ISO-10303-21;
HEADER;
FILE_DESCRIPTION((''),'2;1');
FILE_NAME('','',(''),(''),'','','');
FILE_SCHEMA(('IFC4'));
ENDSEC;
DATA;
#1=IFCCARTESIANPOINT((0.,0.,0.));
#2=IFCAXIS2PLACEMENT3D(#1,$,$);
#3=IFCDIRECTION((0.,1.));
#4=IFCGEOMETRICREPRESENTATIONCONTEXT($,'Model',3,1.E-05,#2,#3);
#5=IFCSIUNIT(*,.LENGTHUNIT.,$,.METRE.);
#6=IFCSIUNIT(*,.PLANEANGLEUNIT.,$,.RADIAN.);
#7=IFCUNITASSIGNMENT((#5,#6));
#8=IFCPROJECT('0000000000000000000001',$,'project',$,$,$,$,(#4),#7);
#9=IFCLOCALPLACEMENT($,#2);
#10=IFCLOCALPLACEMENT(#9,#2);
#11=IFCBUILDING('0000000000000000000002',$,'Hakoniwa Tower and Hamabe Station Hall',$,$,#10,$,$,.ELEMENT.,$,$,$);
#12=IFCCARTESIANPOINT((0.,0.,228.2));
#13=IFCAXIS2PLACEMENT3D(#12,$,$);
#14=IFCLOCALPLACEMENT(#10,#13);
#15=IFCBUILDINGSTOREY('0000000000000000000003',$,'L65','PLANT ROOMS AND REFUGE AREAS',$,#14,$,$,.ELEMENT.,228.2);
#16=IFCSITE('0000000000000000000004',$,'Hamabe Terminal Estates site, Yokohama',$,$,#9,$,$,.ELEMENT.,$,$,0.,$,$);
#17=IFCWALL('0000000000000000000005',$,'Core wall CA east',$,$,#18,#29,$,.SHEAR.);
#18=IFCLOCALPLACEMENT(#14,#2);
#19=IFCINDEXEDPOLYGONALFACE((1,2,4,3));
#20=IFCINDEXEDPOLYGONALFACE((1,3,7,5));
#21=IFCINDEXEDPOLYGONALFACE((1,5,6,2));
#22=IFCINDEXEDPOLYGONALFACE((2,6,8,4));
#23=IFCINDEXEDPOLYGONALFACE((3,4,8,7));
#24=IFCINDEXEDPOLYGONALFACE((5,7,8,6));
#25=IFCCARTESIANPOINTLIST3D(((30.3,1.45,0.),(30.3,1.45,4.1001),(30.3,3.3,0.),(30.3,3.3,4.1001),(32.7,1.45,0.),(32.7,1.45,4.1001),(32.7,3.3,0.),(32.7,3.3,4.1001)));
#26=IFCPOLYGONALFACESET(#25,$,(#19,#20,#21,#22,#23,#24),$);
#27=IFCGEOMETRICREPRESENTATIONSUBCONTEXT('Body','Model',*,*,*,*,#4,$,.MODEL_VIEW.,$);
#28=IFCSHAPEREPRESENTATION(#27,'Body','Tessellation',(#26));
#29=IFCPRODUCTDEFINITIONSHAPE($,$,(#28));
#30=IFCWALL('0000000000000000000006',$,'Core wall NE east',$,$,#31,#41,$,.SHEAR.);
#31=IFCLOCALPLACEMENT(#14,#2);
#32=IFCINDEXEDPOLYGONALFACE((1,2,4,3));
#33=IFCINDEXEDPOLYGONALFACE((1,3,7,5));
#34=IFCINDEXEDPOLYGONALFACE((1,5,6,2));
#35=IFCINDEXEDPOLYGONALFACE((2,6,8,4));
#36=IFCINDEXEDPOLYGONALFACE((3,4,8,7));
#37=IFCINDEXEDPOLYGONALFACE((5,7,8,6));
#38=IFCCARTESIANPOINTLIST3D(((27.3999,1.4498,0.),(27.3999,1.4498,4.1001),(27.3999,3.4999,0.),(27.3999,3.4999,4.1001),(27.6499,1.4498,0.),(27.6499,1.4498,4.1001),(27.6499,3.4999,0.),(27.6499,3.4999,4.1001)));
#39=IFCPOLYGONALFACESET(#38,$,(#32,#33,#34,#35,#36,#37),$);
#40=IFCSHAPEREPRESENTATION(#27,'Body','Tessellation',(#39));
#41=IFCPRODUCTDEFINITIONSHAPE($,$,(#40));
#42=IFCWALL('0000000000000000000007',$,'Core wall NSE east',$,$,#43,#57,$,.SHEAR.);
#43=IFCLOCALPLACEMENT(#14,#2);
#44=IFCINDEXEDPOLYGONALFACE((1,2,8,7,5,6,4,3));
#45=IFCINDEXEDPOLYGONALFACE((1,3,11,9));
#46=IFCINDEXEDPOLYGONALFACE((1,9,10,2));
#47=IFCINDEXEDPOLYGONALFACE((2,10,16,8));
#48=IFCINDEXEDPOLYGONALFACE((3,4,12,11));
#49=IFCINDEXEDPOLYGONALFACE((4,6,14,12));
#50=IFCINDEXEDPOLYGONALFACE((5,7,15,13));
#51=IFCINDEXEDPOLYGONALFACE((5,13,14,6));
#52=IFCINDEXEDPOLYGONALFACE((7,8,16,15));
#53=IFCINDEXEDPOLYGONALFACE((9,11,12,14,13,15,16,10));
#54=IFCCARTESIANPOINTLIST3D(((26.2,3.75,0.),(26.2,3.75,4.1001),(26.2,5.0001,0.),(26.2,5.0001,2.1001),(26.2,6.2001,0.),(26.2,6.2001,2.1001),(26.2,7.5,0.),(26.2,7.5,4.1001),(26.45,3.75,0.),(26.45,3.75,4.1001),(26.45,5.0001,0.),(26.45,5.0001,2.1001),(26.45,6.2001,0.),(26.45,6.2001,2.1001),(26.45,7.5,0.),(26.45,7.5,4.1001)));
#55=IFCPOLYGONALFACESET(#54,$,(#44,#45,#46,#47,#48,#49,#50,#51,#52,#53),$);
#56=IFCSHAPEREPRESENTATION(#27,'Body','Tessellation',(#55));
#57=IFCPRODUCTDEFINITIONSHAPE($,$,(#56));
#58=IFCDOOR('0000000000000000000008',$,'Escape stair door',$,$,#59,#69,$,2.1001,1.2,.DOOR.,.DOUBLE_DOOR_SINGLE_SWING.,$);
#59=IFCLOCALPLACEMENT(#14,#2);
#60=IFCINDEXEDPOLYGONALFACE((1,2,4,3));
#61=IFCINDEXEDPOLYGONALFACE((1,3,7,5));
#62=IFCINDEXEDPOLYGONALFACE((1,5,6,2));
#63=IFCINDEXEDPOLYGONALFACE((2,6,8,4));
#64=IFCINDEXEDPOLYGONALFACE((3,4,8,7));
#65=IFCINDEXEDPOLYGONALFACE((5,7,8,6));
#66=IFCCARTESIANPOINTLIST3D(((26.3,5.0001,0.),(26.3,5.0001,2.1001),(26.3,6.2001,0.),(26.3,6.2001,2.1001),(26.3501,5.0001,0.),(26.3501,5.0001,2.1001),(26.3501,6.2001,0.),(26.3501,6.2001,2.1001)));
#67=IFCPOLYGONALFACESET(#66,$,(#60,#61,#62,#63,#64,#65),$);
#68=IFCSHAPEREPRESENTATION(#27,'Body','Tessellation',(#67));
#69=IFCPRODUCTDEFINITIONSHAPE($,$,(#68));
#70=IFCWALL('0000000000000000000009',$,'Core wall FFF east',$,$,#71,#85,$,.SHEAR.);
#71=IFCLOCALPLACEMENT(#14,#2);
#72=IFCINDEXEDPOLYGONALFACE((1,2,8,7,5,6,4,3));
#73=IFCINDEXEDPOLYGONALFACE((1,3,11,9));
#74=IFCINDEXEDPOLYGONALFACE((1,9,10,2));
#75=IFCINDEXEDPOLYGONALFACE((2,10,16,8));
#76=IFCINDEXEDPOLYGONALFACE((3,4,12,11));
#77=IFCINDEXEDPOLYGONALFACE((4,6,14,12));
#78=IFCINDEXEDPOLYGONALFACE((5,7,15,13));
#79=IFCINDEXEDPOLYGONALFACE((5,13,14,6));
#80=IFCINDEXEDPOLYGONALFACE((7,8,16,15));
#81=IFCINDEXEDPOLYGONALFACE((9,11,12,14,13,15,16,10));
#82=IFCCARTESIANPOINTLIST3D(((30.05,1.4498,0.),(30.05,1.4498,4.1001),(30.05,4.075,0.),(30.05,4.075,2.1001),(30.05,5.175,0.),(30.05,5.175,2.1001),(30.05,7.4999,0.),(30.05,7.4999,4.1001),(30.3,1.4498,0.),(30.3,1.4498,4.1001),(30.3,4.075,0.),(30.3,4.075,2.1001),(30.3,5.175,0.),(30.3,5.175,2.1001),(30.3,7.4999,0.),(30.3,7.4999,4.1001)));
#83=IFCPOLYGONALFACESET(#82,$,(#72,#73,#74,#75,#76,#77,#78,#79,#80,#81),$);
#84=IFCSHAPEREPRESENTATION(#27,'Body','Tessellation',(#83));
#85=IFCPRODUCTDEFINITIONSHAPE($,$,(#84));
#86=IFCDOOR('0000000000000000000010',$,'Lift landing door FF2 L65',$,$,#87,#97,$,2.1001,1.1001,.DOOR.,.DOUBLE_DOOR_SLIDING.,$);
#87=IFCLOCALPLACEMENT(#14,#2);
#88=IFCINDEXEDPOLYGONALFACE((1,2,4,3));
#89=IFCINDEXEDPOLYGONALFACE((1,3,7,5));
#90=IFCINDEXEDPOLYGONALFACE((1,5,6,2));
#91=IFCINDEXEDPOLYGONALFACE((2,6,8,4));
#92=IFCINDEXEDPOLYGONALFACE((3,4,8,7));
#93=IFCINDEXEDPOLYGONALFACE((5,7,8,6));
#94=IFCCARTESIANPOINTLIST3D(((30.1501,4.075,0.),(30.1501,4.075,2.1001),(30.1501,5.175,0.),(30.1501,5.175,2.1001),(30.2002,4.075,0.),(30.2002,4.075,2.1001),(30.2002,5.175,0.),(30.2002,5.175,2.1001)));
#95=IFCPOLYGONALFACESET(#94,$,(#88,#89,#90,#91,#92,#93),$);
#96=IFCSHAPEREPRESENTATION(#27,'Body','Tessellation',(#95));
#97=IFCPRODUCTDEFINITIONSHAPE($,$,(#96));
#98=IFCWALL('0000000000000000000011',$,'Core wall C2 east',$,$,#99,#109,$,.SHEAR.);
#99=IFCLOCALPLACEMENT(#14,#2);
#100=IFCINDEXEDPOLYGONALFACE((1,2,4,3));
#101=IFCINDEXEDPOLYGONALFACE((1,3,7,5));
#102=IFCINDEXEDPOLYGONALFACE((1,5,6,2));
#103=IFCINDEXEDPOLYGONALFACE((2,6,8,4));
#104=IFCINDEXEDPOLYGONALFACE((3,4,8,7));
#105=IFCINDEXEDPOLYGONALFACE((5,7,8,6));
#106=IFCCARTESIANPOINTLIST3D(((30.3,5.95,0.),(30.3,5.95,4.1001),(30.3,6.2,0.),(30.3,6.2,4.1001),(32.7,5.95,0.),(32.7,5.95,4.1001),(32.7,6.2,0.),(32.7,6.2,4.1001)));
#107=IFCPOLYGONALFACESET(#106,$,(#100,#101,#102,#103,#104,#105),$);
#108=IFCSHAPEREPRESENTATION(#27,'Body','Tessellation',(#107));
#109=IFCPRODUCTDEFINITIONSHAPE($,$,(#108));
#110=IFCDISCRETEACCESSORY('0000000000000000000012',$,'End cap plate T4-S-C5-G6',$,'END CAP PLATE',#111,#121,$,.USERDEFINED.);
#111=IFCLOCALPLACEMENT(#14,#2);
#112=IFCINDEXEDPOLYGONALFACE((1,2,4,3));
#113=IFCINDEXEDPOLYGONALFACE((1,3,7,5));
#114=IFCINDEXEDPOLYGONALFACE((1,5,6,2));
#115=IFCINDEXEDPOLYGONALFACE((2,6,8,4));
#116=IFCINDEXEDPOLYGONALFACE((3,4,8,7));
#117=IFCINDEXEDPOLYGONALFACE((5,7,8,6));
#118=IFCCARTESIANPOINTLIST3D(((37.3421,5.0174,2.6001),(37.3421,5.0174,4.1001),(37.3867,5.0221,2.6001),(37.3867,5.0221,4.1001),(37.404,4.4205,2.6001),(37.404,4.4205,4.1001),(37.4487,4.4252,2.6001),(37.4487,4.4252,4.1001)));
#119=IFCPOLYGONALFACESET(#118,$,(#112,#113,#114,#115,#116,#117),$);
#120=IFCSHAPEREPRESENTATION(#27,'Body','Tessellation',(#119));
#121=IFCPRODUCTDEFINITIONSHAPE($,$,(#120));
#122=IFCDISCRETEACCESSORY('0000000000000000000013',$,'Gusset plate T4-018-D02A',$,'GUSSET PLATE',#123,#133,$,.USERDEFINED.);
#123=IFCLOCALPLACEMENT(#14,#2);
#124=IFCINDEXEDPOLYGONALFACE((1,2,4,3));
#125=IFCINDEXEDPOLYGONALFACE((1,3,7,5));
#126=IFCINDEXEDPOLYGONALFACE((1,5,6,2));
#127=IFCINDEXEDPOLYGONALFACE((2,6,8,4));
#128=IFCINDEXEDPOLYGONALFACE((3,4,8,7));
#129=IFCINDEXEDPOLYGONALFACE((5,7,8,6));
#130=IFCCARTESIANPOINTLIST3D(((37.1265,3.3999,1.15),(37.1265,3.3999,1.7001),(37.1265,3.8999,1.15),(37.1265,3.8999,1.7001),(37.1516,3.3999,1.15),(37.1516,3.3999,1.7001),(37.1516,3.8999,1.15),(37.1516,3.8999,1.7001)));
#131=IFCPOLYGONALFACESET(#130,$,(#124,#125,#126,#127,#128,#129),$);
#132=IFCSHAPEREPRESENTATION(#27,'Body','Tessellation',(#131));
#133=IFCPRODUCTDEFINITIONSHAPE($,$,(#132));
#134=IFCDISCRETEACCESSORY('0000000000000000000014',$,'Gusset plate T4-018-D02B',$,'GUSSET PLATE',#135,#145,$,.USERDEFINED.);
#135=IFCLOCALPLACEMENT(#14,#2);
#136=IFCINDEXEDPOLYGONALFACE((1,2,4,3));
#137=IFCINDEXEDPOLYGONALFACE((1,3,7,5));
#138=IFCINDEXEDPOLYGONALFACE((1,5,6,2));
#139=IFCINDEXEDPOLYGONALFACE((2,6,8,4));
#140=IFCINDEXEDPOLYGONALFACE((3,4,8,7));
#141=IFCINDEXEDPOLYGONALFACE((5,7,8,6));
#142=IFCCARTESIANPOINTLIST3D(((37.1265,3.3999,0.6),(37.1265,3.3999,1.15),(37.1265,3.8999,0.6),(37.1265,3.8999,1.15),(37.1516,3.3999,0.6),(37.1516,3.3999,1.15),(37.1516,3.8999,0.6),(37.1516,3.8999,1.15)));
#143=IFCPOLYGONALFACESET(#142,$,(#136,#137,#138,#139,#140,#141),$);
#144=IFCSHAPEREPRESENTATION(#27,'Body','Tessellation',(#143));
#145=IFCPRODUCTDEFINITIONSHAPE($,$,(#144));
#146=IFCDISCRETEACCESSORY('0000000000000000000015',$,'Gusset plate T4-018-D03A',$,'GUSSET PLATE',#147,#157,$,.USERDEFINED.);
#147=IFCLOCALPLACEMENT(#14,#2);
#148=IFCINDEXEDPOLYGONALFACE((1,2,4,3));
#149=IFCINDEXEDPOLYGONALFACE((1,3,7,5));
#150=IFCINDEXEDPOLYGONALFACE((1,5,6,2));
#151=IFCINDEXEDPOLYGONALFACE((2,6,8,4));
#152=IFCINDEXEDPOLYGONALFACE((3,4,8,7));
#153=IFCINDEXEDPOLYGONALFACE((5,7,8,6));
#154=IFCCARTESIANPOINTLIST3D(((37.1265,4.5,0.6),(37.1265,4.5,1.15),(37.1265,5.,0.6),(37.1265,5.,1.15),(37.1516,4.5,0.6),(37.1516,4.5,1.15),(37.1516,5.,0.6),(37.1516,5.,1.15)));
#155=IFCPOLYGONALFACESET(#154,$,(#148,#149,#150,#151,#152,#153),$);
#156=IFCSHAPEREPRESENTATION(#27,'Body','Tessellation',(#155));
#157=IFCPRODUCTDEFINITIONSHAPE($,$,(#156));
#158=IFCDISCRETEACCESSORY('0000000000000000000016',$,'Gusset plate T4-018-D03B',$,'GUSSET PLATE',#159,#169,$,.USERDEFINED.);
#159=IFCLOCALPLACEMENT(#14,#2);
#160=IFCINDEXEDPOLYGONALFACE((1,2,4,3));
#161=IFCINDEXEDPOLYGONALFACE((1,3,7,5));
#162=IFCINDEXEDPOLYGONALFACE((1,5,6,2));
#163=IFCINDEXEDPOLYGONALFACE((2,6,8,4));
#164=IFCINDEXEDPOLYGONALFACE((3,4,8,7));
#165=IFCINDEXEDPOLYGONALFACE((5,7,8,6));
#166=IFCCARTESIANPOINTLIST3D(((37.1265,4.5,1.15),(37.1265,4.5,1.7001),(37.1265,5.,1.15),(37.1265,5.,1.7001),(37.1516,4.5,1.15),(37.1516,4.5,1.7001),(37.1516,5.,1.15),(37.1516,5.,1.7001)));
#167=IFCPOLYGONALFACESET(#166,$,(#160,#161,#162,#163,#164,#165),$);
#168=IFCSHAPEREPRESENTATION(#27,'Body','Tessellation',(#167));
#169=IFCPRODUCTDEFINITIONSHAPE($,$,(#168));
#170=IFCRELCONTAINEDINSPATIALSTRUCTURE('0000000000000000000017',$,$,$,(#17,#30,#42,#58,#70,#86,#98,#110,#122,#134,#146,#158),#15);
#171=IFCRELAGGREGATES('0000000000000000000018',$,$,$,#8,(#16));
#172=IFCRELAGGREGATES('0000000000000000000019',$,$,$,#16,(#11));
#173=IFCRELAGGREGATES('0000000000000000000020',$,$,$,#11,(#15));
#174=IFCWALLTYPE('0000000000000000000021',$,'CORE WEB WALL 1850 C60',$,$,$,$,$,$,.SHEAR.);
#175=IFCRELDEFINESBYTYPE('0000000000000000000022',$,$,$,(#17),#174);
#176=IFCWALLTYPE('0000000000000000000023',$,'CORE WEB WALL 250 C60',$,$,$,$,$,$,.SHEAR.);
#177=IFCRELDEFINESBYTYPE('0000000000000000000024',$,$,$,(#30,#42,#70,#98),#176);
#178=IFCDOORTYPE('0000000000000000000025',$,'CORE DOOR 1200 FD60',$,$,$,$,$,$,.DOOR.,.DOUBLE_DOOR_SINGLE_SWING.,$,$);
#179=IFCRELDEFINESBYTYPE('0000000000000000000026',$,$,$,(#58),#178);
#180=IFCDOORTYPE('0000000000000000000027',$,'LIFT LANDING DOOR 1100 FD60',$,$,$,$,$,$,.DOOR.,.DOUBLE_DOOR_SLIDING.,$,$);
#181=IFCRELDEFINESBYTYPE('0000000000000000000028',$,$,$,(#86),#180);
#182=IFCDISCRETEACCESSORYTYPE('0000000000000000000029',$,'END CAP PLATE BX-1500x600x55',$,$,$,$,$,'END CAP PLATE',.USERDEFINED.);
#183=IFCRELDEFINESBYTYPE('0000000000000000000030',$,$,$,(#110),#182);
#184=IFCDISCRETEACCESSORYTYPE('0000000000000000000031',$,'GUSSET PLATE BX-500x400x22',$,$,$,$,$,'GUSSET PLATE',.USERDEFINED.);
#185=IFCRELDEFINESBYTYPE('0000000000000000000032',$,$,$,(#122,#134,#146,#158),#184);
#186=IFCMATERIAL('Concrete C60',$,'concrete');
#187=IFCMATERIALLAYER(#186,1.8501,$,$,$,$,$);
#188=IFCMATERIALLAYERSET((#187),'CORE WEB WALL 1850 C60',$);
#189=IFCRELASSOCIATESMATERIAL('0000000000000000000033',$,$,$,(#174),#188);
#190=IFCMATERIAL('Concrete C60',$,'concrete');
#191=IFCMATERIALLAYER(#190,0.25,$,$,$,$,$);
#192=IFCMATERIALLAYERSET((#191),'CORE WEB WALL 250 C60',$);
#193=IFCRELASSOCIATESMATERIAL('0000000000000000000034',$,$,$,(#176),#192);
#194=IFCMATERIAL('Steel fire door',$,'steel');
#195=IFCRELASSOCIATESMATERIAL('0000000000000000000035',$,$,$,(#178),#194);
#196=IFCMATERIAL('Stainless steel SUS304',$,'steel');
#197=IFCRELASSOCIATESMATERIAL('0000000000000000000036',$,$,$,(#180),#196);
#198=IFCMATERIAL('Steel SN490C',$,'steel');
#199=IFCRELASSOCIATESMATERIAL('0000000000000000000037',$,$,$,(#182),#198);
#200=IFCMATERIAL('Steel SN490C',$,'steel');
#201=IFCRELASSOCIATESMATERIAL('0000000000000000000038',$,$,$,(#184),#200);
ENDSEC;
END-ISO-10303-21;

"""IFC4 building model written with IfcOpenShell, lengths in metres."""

from ifc_helpers import new_model, si_unit, direction, frame, frame_2d, origin, origin_2d, place, context, subcontext, project, spatial, rectangle, extrude, material, layer, layer_set, material_profile, profile_set, type_object, element, fill, save


model = new_model("IFC4")

# Units and contexts
model_context = context("Model", 3, precision=1e-05, world=origin(), true_north=direction((0.0, 1.0)))
body_context = subcontext(model_context, "Body", "Model", "MODEL_VIEW")
ifc_project = project(units=[si_unit("LENGTHUNIT", "METRE"), si_unit("PLANEANGLEUNIT", "RADIAN")], contexts=[model_context])

# Site, building, storey
site_placement = place(None, origin())
site = spatial("IfcSite", under=ifc_project, at=site_placement, Name="Hamabe Terminal Estates site, Yokohama", CompositionType="ELEMENT", RefElevation=0.0)
building_placement = place(site_placement, origin())
building = spatial("IfcBuilding", under=site, at=building_placement, Name="Hakoniwa Tower and Hamabe Station Hall", CompositionType="ELEMENT")
storey_placement = place(building_placement, frame((0.0, 0.0, 228.2)))
storey = spatial("IfcBuildingStorey", under=building, at=storey_placement, Name="L65", Description="PLANT ROOMS AND REFUGE AREAS", CompositionType="ELEMENT", Elevation=228.2)

# Walls
ifc_material_1 = material(Name="Concrete C60", Category="concrete")
ifc_layer_1 = layer(ifc_material_1, 1.8501)
ifc_layer_set_1 = layer_set([ifc_layer_1], Name="CORE WEB WALL 1850 C60")
wall_type_1 = type_object("IfcWallType", Name="CORE WEB WALL 1850 C60", PredefinedType="SHEAR", material=ifc_layer_set_1)
wall_1_placement = place(storey_placement, frame((30.3, 2.375, 0.0), z_axis=(0.0, 0.0, 1.0), x_axis=(1.0, 0.0, 0.0)))
element("IfcWall", 1, at=wall_1_placement, inside=storey, type_object=wall_type_1, Name="Core wall CA east", PredefinedType="SHEAR", context=body_context, shape_type="SweptSolid", body=[
    extrude(rectangle(XDim=2.3999, YDim=1.8501, at=frame_2d((1.2, 0.0))), origin(), (0.0, 0.0, 1.0), 4.1001),
])
ifc_material_2 = material(Name="Concrete C60", Category="concrete")
ifc_layer_2 = layer(ifc_material_2, 0.25)
ifc_layer_set_2 = layer_set([ifc_layer_2], Name="CORE WEB WALL 250 C60")
wall_type_2 = type_object("IfcWallType", Name="CORE WEB WALL 250 C60", PredefinedType="SHEAR", material=ifc_layer_set_2)
wall_2_placement = place(storey_placement, frame((27.5249, 1.45, 0.0), z_axis=(0.0, 0.0, 1.0), x_axis=(0.0, 1.0, 0.0)))
element("IfcWall", 2, at=wall_2_placement, inside=storey, type_object=wall_type_2, Name="Core wall NE east", PredefinedType="SHEAR", context=body_context, shape_type="SweptSolid", body=[
    extrude(rectangle(XDim=2.05, YDim=0.25, at=frame_2d((1.0249, 0.0))), origin(), (0.0, 0.0, 1.0), 4.1001),
])

# Walls, openings, doors
wall_3_placement = place(storey_placement, frame((26.325, 3.75, 0.0), z_axis=(0.0, 0.0, 1.0), x_axis=(0.0, 1.0, 0.0)))
wall_3 = element("IfcWall", 3, at=wall_3_placement, inside=storey, type_object=wall_type_2, Name="Core wall NSE east", PredefinedType="SHEAR", context=body_context, shape_type="SweptSolid", body=[
    extrude(rectangle(XDim=3.75, YDim=0.25, at=frame_2d((1.875, 0.0))), origin(), (0.0, 0.0, 1.0), 4.1001),
])
opening_1_placement = place(wall_3_placement, frame((1.25, 0.0, 0.0)))
opening_1 = element("IfcOpeningElement", 4, at=opening_1_placement, cuts=wall_3, PredefinedType="OPENING", context=body_context, shape_type="SweptSolid", body=[
    extrude(rectangle(XDim=1.2, YDim=2.1001, at=frame_2d((0.6001, 1.05))), frame((0.0, 0.135, 0.0), z_axis=(0.0, -1.0, 0.0), x_axis=(1.0, 0.0, 0.0)), (0.0, 0.0, 1.0), 0.27),
])
ifc_material_3 = material(Name="Steel fire door", Category="steel")
door_type_1 = type_object("IfcDoorType", Name="CORE DOOR 1200 FD60", OperationType="DOUBLE_DOOR_SINGLE_SWING", PredefinedType="DOOR", material=ifc_material_3)
door_1_placement = place(opening_1_placement, origin())
door_1 = element("IfcDoor", 5, at=door_1_placement, inside=storey, type_object=door_type_1, Name="Escape stair door", OperationType="DOUBLE_DOOR_SINGLE_SWING", OverallHeight=2.1001, OverallWidth=1.2, PredefinedType="DOOR", context=body_context, shape_type="SweptSolid", body=[
    extrude(rectangle(XDim=1.2, YDim=2.1001, at=frame_2d((0.6001, 1.05))), frame((0.0, 0.0249, 0.0), z_axis=(0.0, -1.0, 0.0), x_axis=(1.0, 0.0, 0.0)), (0.0, 0.0, 1.0), 0.05),
])
fill(opening_1, door_1)
wall_4_placement = place(storey_placement, frame((30.175, 1.45, 0.0), z_axis=(0.0, 0.0, 1.0), x_axis=(0.0, 1.0, 0.0)))
wall_4 = element("IfcWall", 6, at=wall_4_placement, inside=storey, type_object=wall_type_2, Name="Core wall FFF east", PredefinedType="SHEAR", context=body_context, shape_type="SweptSolid", body=[
    extrude(rectangle(XDim=6.05, YDim=0.25, at=frame_2d((3.0249, 0.0))), origin(), (0.0, 0.0, 1.0), 4.1001),
])
opening_2_placement = place(wall_4_placement, frame((2.625, 0.0, 0.0)))
opening_2 = element("IfcOpeningElement", 7, at=opening_2_placement, cuts=wall_4, PredefinedType="OPENING", context=body_context, shape_type="SweptSolid", body=[
    extrude(rectangle(XDim=1.1001, YDim=2.1001, at=frame_2d((0.55, 1.05))), frame((0.0, 0.135, 0.0), z_axis=(0.0, -1.0, 0.0), x_axis=(1.0, 0.0, 0.0)), (0.0, 0.0, 1.0), 0.27),
])
ifc_material_4 = material(Name="Stainless steel SUS304", Category="steel")
door_type_2 = type_object("IfcDoorType", Name="LIFT LANDING DOOR 1100 FD60", OperationType="DOUBLE_DOOR_SLIDING", PredefinedType="DOOR", material=ifc_material_4)
door_2_placement = place(opening_2_placement, origin())
door_2 = element("IfcDoor", 8, at=door_2_placement, inside=storey, type_object=door_type_2, Name="Lift landing door FF2 L65", OperationType="DOUBLE_DOOR_SLIDING", OverallHeight=2.1001, OverallWidth=1.1001, PredefinedType="DOOR", context=body_context, shape_type="SweptSolid", body=[
    extrude(rectangle(XDim=1.1001, YDim=2.1001, at=frame_2d((0.55, 1.05))), frame((0.0, 0.0249, 0.0), z_axis=(0.0, -1.0, 0.0), x_axis=(1.0, 0.0, 0.0)), (0.0, 0.0, 1.0), 0.05),
])
fill(opening_2, door_2)

# Wall
wall_5_placement = place(storey_placement, frame((30.3, 6.075, 0.0), z_axis=(0.0, 0.0, 1.0), x_axis=(1.0, 0.0, 0.0)))
element("IfcWall", 9, at=wall_5_placement, inside=storey, type_object=wall_type_2, Name="Core wall C2 east", PredefinedType="SHEAR", context=body_context, shape_type="SweptSolid", body=[
    extrude(rectangle(XDim=2.3999, YDim=0.25, at=frame_2d((1.2, 0.0))), origin(), (0.0, 0.0, 1.0), 4.1001),
])

# Discrete accessories
ifc_material_5 = material(Name="Steel SN490C", Category="steel")
ifc_material_profile_1 = material_profile(ifc_material_5, rectangle(XDim=0.6001, YDim=1.5, at=origin_2d()), Name="END CAP PLATE BX-1500x600x55")
ifc_profile_set_1 = profile_set([ifc_material_profile_1], Name="Steel SN490C")
discrete_accessory_type_1 = type_object("IfcDiscreteAccessoryType", Name="END CAP PLATE BX-1500x600x55", ElementType="END CAP PLATE", PredefinedType="USERDEFINED", material=ifc_profile_set_1)
discrete_accessory_placement = place(storey_placement, frame((37.373, 4.719, 3.3501), z_axis=(0.994653, 0.10327, 0.0), x_axis=(-0.10327, 0.994653, 0.0)))
element("IfcDiscreteAccessory", 10, at=discrete_accessory_placement, inside=storey, type_object=discrete_accessory_type_1, Name="End cap plate T4-S-C5-G6", ObjectType="END CAP PLATE", PredefinedType="USERDEFINED", context=body_context, shape_type="SweptSolid", body=[
    extrude(rectangle(XDim=0.6001, YDim=1.5, at=origin_2d()), origin(), (0.0, 0.0, 1.0), 0.0449),
])
ifc_material_6 = material(Name="Steel SN490C", Category="steel")
ifc_material_profile_2 = material_profile(ifc_material_6, rectangle(XDim=0.5, YDim=0.55, at=origin_2d()), Name="GUSSET PLATE BX-500x400x22")
ifc_profile_set_2 = profile_set([ifc_material_profile_2], Name="Steel SN490C")
discrete_accessory_type_2 = type_object("IfcDiscreteAccessoryType", Name="GUSSET PLATE BX-500x400x22", ElementType="GUSSET PLATE", PredefinedType="USERDEFINED", material=ifc_profile_set_2)
for number, where, z_axis, x_axis, name in (
    (11, (37.1516, 3.6499, 1.425), (-1.0, 0.0, 0.0), (0.0, -1.0, 0.0), "Gusset plate T4-018-D02A"),
    (12, (37.1516, 3.6499, 0.875), (-1.0, 0.0, 0.0), (0.0, -1.0, 0.0), "Gusset plate T4-018-D02B"),
    (13, (37.1516, 4.75, 0.875), (-1.0, 0.0, 0.0), (0.0, -1.0, 0.0), "Gusset plate T4-018-D03A"),
    (14, (37.1516, 4.75, 1.425), (-1.0, 0.0, 0.0), (0.0, -1.0, 0.0), "Gusset plate T4-018-D03B"),
):
    element("IfcDiscreteAccessory", number, at=place(storey_placement, frame(where, z_axis=z_axis, x_axis=x_axis)), inside=storey, type_object=discrete_accessory_type_2, Name=name, ObjectType="GUSSET PLATE", PredefinedType="USERDEFINED", context=body_context, shape_type="SweptSolid", body=[
        extrude(rectangle(XDim=0.5, YDim=0.55, at=origin_2d()), origin(), (0.0, 0.0, 1.0), 0.0251),
    ])

save(model, "model.ifc")
